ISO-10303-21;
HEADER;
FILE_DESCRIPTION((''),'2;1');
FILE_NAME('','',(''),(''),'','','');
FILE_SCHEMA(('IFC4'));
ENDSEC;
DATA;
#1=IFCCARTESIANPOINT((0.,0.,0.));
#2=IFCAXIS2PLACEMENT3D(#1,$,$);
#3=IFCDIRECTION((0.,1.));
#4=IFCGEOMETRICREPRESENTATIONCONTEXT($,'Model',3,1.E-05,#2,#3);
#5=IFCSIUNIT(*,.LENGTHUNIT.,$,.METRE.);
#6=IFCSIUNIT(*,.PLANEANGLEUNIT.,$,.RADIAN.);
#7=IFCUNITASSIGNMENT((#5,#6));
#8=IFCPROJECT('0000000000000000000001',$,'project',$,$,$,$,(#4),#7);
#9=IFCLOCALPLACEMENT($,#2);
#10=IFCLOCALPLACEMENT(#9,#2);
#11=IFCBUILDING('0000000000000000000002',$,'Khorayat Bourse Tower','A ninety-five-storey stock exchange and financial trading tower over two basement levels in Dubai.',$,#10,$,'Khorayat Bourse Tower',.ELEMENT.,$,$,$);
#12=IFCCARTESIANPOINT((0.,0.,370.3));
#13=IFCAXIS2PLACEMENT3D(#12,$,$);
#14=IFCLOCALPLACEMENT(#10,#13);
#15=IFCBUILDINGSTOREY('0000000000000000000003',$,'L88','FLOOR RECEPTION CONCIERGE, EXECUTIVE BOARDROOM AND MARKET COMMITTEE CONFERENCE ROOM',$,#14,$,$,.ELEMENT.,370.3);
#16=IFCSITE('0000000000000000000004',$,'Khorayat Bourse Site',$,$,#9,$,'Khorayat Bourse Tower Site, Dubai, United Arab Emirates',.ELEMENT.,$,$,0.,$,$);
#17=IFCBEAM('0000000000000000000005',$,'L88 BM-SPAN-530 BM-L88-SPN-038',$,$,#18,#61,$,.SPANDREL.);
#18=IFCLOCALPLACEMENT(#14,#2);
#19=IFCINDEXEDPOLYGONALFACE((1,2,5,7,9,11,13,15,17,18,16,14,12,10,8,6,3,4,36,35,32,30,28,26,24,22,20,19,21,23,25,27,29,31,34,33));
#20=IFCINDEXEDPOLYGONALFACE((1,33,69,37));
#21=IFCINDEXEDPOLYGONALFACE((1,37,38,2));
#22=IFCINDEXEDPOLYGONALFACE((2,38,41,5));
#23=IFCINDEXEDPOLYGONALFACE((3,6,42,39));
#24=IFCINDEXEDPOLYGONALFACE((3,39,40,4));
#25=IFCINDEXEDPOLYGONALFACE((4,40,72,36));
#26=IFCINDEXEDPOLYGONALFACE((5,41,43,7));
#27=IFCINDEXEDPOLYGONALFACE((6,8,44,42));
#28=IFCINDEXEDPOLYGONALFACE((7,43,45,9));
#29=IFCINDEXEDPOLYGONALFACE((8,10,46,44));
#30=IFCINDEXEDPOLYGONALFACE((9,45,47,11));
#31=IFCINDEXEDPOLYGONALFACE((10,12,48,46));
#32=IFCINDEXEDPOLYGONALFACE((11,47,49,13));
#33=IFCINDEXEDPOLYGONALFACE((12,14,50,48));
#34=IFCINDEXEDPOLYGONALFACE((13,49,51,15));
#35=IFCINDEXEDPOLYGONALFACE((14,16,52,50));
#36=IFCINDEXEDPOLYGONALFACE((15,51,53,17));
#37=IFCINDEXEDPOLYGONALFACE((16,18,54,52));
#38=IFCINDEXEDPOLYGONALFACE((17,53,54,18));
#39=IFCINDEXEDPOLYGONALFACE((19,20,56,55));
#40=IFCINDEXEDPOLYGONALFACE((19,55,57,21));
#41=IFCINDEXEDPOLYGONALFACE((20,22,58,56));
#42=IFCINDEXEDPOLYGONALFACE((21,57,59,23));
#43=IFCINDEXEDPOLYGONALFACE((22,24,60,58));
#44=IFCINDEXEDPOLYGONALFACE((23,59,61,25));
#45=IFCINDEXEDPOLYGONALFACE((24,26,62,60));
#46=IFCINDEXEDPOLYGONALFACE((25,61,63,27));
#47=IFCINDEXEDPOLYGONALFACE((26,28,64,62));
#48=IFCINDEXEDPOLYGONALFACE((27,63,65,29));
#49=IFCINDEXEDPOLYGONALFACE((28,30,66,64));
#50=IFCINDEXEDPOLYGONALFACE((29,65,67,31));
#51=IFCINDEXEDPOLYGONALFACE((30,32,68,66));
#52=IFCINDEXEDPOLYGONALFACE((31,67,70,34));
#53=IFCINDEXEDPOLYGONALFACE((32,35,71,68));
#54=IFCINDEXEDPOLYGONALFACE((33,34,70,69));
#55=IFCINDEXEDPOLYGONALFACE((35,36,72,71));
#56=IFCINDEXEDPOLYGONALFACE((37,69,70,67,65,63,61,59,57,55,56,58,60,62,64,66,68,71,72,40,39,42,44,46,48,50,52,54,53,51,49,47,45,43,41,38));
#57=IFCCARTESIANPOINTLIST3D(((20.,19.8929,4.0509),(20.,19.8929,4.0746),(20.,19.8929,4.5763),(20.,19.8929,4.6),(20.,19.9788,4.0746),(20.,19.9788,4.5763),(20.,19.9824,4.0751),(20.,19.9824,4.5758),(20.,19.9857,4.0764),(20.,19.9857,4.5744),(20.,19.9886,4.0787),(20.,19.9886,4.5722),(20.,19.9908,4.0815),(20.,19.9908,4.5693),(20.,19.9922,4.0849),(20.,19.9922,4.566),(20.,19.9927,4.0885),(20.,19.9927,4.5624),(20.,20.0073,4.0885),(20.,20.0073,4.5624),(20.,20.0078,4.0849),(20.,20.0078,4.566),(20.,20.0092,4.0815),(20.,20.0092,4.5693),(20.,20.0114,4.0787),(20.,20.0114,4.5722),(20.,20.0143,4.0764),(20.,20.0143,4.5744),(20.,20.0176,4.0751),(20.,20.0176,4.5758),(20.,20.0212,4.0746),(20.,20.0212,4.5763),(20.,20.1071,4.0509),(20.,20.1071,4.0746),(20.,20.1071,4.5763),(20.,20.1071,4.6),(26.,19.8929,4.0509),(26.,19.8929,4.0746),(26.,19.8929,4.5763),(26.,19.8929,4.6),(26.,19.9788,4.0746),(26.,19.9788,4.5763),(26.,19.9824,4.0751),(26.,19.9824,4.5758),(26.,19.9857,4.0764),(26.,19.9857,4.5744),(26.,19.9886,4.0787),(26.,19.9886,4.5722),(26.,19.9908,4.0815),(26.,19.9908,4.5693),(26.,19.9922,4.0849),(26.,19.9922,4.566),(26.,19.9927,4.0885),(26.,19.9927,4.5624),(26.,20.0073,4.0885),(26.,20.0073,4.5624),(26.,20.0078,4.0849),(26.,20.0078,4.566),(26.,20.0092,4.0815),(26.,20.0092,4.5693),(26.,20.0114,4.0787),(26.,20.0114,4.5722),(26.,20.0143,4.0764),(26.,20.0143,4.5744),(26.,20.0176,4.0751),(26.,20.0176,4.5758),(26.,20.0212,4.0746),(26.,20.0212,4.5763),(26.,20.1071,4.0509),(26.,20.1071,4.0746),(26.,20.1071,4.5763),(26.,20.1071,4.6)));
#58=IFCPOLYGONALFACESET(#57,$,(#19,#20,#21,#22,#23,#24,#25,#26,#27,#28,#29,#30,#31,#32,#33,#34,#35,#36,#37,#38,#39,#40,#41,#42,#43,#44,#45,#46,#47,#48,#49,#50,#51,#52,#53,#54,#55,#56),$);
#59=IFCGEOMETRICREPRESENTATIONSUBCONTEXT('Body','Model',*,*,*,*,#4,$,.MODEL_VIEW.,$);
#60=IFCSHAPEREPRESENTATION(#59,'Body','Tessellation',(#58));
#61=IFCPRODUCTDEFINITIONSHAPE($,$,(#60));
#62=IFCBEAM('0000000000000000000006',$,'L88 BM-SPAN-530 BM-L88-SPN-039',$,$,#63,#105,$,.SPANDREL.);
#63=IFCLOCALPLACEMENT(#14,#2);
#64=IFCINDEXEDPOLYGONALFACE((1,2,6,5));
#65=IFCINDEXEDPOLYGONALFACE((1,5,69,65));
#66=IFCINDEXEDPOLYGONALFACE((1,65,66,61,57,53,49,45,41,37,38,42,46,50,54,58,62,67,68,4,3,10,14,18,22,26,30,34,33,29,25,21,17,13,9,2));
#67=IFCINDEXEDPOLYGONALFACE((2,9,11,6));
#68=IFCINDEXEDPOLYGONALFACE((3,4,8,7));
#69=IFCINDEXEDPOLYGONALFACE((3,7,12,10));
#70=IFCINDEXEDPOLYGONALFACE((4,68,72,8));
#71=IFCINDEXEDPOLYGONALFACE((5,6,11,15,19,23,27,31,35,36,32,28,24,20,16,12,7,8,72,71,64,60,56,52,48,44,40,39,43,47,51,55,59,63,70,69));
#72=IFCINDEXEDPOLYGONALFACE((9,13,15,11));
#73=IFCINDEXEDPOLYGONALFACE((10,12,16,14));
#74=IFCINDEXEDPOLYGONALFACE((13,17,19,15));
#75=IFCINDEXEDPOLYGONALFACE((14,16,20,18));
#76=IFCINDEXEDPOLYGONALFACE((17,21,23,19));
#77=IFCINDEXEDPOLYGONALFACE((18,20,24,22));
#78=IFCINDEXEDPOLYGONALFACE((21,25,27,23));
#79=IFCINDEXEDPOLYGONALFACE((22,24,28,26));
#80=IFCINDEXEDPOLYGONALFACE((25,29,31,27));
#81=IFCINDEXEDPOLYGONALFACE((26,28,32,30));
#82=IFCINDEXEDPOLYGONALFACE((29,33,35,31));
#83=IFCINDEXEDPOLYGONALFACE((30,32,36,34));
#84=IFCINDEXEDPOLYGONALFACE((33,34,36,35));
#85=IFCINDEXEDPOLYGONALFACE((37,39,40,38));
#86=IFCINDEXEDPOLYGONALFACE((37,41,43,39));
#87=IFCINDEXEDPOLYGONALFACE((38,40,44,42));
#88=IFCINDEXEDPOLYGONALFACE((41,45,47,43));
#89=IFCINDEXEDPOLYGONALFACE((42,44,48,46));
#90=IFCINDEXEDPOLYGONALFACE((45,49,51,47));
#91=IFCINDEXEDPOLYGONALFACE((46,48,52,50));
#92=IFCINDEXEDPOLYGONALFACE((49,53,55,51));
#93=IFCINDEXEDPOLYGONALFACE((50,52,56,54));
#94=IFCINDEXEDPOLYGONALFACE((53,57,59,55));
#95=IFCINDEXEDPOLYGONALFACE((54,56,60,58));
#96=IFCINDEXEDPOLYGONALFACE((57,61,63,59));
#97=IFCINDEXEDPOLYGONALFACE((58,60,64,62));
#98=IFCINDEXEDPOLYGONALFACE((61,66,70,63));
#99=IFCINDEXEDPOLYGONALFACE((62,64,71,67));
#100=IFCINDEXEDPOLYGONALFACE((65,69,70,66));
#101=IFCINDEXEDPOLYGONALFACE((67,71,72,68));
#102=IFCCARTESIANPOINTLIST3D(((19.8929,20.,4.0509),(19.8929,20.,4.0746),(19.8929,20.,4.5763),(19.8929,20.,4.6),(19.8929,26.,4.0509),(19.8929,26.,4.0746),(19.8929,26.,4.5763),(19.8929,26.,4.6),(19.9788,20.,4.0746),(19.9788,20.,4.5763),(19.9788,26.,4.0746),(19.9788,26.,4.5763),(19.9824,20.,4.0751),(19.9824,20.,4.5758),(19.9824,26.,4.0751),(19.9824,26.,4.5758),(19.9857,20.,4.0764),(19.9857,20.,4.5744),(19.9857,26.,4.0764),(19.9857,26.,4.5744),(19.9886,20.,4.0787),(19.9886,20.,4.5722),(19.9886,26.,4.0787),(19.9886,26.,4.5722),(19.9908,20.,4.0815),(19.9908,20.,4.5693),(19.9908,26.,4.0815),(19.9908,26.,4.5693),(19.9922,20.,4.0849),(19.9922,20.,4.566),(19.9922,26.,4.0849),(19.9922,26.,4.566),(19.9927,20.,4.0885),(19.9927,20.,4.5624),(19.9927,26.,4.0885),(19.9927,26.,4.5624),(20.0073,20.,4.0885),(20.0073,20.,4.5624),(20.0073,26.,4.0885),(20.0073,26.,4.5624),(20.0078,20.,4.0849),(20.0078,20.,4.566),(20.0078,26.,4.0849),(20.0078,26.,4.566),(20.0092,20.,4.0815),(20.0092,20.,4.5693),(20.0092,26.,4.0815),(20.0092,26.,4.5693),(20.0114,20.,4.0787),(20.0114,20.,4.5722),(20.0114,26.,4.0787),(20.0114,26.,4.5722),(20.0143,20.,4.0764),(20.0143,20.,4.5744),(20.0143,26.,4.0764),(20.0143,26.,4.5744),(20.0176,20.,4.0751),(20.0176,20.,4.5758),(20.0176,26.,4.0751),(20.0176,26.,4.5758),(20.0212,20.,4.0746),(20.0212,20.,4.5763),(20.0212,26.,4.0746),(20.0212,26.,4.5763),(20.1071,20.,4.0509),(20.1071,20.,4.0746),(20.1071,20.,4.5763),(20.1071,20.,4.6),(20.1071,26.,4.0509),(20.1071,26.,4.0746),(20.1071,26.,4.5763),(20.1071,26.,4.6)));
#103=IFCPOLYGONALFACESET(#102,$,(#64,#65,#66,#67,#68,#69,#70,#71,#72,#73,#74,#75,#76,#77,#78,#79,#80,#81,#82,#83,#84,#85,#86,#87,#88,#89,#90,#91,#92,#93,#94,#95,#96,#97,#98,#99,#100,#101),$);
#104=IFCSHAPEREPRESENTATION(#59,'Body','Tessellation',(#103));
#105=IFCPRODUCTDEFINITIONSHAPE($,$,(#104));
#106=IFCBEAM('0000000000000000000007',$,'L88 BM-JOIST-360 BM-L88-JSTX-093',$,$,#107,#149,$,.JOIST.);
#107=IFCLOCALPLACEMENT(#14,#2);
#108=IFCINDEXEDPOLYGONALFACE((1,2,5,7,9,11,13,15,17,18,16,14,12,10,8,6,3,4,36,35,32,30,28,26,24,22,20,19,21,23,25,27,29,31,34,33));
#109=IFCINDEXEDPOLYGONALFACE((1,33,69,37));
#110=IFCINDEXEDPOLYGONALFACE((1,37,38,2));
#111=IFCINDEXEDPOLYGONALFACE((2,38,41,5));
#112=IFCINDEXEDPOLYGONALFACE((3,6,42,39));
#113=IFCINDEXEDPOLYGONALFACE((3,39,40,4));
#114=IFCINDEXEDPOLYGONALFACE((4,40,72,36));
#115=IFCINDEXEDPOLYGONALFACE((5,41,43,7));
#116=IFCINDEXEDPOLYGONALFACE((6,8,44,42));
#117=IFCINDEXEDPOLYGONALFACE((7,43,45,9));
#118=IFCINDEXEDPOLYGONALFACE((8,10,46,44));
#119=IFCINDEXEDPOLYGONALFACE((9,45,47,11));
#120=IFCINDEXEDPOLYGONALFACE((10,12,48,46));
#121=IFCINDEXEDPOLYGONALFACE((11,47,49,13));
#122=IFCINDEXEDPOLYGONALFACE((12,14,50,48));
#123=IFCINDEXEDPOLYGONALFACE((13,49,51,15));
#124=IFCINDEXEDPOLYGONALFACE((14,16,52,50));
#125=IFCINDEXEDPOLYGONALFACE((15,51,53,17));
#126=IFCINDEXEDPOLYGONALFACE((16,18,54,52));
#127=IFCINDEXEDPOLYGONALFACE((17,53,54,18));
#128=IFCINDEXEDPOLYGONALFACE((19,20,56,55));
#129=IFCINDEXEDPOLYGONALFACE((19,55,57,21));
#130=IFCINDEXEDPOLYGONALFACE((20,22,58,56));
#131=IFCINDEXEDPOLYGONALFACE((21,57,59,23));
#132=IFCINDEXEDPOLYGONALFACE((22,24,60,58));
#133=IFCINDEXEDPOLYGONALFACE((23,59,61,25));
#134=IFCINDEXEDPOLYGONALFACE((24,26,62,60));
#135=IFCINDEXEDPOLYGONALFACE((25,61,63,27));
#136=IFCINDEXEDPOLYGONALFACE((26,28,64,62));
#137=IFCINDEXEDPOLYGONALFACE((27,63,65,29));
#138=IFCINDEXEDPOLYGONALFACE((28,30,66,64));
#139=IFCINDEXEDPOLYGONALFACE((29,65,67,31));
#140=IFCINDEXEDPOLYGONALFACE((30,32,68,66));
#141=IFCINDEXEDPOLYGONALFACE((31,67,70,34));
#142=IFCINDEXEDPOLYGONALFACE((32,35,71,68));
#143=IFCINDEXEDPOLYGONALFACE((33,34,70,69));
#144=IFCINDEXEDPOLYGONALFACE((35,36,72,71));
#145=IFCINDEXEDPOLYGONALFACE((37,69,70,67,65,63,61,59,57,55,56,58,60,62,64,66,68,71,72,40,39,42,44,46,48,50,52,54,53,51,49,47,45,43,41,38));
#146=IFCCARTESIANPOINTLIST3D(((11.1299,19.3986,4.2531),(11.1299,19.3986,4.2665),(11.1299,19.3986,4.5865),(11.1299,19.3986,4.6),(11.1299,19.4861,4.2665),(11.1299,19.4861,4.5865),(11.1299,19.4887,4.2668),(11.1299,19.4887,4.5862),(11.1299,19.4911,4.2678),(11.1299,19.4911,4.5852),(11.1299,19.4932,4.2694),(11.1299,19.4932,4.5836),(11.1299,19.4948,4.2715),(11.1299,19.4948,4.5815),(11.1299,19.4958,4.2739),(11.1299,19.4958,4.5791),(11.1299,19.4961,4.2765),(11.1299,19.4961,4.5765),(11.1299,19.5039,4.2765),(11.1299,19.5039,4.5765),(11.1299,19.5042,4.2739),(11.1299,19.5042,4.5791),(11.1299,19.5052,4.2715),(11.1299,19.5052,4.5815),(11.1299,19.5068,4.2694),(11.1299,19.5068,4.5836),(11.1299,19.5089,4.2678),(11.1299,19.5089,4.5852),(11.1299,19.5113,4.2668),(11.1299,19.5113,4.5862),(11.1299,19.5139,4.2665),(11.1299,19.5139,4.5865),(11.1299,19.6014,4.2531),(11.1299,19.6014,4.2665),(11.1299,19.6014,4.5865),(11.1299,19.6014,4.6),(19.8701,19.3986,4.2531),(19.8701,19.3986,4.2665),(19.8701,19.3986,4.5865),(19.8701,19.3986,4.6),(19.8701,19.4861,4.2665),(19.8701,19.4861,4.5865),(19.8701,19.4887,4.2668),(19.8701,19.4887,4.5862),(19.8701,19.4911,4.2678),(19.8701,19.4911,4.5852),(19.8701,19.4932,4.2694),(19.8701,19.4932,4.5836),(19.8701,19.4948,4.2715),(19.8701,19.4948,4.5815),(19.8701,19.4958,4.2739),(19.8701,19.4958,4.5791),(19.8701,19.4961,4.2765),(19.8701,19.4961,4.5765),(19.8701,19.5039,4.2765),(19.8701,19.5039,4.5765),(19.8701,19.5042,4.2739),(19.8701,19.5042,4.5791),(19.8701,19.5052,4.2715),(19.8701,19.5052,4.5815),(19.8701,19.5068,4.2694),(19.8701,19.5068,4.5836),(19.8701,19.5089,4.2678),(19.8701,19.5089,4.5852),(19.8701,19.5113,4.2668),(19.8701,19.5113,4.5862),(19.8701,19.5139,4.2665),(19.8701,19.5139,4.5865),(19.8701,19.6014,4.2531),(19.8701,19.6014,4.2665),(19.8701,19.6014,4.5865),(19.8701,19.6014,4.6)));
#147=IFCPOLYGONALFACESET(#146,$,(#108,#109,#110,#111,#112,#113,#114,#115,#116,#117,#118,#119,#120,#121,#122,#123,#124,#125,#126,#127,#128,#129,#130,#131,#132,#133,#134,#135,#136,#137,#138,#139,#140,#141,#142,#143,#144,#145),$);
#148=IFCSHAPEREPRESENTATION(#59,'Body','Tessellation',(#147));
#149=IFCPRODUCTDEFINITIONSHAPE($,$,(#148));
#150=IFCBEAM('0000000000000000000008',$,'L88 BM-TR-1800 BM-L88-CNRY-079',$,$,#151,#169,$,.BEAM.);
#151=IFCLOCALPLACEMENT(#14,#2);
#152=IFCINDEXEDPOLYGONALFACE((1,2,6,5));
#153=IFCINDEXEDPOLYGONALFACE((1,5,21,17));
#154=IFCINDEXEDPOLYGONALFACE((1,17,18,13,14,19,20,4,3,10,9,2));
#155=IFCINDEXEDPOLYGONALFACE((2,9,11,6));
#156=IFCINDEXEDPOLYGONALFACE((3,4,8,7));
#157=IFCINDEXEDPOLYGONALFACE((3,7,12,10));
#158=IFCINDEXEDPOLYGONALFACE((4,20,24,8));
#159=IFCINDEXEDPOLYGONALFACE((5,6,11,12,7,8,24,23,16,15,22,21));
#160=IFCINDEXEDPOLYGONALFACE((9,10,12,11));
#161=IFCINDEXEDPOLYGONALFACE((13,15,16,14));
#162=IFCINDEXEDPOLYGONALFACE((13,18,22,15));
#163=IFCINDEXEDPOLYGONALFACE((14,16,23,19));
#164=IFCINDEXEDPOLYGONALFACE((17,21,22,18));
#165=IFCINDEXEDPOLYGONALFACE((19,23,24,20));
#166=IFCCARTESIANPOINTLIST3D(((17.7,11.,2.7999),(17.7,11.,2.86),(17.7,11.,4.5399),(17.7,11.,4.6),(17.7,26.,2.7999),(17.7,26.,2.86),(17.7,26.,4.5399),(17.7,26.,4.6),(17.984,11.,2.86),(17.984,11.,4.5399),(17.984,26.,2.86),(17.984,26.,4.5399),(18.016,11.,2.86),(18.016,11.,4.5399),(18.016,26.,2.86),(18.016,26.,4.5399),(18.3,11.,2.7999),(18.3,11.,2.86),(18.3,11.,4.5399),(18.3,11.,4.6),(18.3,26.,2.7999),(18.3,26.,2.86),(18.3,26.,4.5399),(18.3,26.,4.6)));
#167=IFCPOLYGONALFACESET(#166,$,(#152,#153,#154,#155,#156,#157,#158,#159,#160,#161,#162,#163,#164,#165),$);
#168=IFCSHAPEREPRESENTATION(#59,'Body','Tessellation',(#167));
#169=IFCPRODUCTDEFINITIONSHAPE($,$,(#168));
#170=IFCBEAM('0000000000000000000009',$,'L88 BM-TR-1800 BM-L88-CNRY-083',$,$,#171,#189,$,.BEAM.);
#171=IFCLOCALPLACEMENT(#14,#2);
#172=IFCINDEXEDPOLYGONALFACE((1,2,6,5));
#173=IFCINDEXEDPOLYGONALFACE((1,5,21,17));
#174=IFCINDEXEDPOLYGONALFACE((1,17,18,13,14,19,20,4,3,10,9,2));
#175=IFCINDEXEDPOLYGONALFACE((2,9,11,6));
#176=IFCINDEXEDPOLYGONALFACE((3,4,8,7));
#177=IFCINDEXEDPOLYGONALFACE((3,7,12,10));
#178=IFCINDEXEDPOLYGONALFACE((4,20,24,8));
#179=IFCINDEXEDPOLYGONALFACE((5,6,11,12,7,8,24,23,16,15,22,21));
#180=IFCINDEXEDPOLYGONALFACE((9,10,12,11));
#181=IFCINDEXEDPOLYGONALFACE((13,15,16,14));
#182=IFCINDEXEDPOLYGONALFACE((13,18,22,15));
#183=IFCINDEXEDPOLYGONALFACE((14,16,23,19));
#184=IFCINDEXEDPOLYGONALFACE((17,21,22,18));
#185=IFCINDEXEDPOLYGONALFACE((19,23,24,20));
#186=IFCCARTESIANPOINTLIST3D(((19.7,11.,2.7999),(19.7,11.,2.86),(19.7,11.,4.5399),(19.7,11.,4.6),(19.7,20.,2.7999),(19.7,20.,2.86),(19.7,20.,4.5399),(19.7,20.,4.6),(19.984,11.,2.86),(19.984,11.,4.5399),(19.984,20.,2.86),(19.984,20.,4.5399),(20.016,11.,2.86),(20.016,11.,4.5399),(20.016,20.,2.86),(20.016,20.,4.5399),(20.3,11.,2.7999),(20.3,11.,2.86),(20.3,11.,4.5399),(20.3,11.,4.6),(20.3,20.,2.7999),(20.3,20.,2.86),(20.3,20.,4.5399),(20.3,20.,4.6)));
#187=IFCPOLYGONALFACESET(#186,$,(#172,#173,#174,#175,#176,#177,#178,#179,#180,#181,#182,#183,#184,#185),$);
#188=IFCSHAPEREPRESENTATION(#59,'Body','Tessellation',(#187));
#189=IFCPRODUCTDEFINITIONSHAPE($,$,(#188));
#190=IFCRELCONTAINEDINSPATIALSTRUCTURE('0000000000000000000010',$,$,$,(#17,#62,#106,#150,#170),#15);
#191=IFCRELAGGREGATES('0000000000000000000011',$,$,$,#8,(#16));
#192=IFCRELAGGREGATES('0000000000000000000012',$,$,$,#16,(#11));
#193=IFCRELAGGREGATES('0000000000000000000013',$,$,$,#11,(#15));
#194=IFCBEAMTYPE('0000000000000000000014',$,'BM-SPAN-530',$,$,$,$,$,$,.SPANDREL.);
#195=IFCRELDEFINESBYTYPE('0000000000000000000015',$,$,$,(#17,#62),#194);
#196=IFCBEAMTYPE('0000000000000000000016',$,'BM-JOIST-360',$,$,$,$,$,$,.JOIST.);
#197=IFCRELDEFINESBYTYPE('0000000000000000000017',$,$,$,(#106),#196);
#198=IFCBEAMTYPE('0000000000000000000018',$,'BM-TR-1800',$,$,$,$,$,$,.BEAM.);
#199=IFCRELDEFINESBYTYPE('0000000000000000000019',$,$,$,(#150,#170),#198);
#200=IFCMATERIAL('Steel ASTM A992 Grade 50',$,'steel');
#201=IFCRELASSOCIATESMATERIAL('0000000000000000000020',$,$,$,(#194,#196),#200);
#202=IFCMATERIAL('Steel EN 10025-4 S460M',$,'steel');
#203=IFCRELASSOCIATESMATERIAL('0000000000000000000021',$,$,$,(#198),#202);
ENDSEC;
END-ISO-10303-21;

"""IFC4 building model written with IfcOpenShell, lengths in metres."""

from ifc_helpers import new_model, si_unit, direction, frame, origin, origin_2d, place, context, subcontext, project, spatial, i_section, extrude, source, transform, mapped, material, material_profile, profile_set, type_object, element, save


model = new_model("IFC4")

# Units and contexts
model_context = context("Model", 3, precision=1e-05, world=origin(), true_north=direction((0.0, 1.0)))
body_context = subcontext(model_context, "Body", "Model", "MODEL_VIEW")
ifc_project = project(units=[si_unit("LENGTHUNIT", "METRE"), si_unit("PLANEANGLEUNIT", "RADIAN")], contexts=[model_context])

# Site, building, storey
site_placement = place(None, origin())
site = spatial("IfcSite", under=ifc_project, at=site_placement, Name="Khorayat Bourse Site", LongName="Khorayat Bourse Tower Site, Dubai, United Arab Emirates", CompositionType="ELEMENT", RefElevation=0.0)
building_placement = place(site_placement, origin())
building = spatial("IfcBuilding", under=site, at=building_placement, Name="Khorayat Bourse Tower", Description="A ninety-five-storey stock exchange and financial trading tower over two basement levels in Dubai.", LongName="Khorayat Bourse Tower", CompositionType="ELEMENT")
storey_placement = place(building_placement, frame((0.0, 0.0, 370.3)))
storey = spatial("IfcBuildingStorey", under=building, at=storey_placement, Name="L88", Description="FLOOR RECEPTION CONCIERGE, EXECUTIVE BOARDROOM AND MARKET COMMITTEE CONFERENCE ROOM", CompositionType="ELEMENT", Elevation=370.3)

# Beams
ifc_material_1 = material(Name="Steel ASTM A992 Grade 50", Category="steel")
ifc_material_profile_1 = material_profile(ifc_material_1, i_section(OverallWidth=0.2141, OverallDepth=0.5491, WebThickness=0.0146, FlangeThickness=0.0237, FilletRadius=0.0139, at=origin_2d()), Name="W530X138")
ifc_profile_set_1 = profile_set([ifc_material_profile_1], Name="Steel ASTM A992 Grade 50")
beam_type_1 = type_object("IfcBeamType", Name="BM-SPAN-530", PredefinedType="SPANDREL", material=ifc_profile_set_1)
shared_shape_1 = source(origin(), body_context, "Body", "SweptSolid", [
    extrude(i_section(OverallWidth=0.2141, OverallDepth=0.5491, WebThickness=0.0146, FlangeThickness=0.0237, FilletRadius=0.0139, at=origin_2d()), origin(), (0.0, 0.0, 1.0), 6.0),
])
for number, where, z_axis, x_axis, name in (
    (1, (20.0, 20.0, 4.3254), (1.0, 0.0, 0.0), (0.0, 1.0, 0.0), "L88 BM-SPAN-530 BM-L88-SPN-038"),
    (2, (20.0, 20.0, 4.3254), (0.0, 1.0, 0.0), (-1.0, 0.0, 0.0), "L88 BM-SPAN-530 BM-L88-SPN-039"),
):
    element("IfcBeam", number, at=place(storey_placement, frame(where, z_axis=z_axis, x_axis=x_axis)), inside=storey, type_object=beam_type_1, Name=name, PredefinedType="SPANDREL", context=body_context, shape_type="MappedRepresentation", body=[
        mapped(shared_shape_1, transform((0.0, 0.0, 0.0), scale=1.0)),
    ])
ifc_material_profile_2 = material_profile(ifc_material_1, i_section(OverallWidth=0.2029, OverallDepth=0.3469, WebThickness=0.0078, FlangeThickness=0.0134, FilletRadius=0.01, at=origin_2d()), Name="W360X64")
ifc_profile_set_2 = profile_set([ifc_material_profile_2], Name="Steel ASTM A992 Grade 50")
beam_type_2 = type_object("IfcBeamType", Name="BM-JOIST-360", PredefinedType="JOIST", material=ifc_profile_set_2)
shared_shape_2 = source(origin(), body_context, "Body", "SweptSolid", [
    extrude(i_section(OverallWidth=0.2029, OverallDepth=0.3469, WebThickness=0.0078, FlangeThickness=0.0134, FilletRadius=0.01, at=origin_2d()), origin(), (0.0, 0.0, 1.0), 8.7402),
])
beam_1_placement = place(storey_placement, frame((11.1299, 19.5, 4.4265), z_axis=(1.0, 0.0, 0.0), x_axis=(0.0, 1.0, 0.0)))
element("IfcBeam", 3, at=beam_1_placement, inside=storey, type_object=beam_type_2, Name="L88 BM-JOIST-360 BM-L88-JSTX-093", PredefinedType="JOIST", context=body_context, shape_type="MappedRepresentation", body=[
    mapped(shared_shape_2, transform((0.0, 0.0, 0.0), scale=1.0)),
])
ifc_material_2 = material(Name="Steel EN 10025-4 S460M", Category="steel")
ifc_material_profile_3 = material_profile(ifc_material_2, i_section(OverallWidth=0.6001, OverallDepth=1.8, WebThickness=0.032, FlangeThickness=0.0601, at=origin_2d()), Name="PG 1800x600x32x60")
ifc_profile_set_3 = profile_set([ifc_material_profile_3], Name="Steel EN 10025-4 S460M")
beam_type_3 = type_object("IfcBeamType", Name="BM-TR-1800", PredefinedType="BEAM", material=ifc_profile_set_3)
shared_shape_3 = source(origin(), body_context, "Body", "SweptSolid", [
    extrude(i_section(OverallWidth=0.6001, OverallDepth=1.8, WebThickness=0.032, FlangeThickness=0.0601, at=origin_2d()), origin(), (0.0, 0.0, 1.0), 15.0),
])
beam_2_placement = place(storey_placement, frame((18.0, 11.0, 3.7), z_axis=(0.0, 1.0, 0.0), x_axis=(-1.0, 0.0, 0.0)))
element("IfcBeam", 4, at=beam_2_placement, inside=storey, type_object=beam_type_3, Name="L88 BM-TR-1800 BM-L88-CNRY-079", PredefinedType="BEAM", context=body_context, shape_type="MappedRepresentation", body=[
    mapped(shared_shape_3, transform((0.0, 0.0, 0.0), scale=1.0)),
])
shared_shape_4 = source(origin(), body_context, "Body", "SweptSolid", [
    extrude(i_section(OverallWidth=0.6001, OverallDepth=1.8, WebThickness=0.032, FlangeThickness=0.0601, at=origin_2d()), origin(), (0.0, 0.0, 1.0), 9.0),
])
beam_3_placement = place(storey_placement, frame((20.0, 11.0, 3.7), z_axis=(0.0, 1.0, 0.0), x_axis=(-1.0, 0.0, 0.0)))
element("IfcBeam", 5, at=beam_3_placement, inside=storey, type_object=beam_type_3, Name="L88 BM-TR-1800 BM-L88-CNRY-083", PredefinedType="BEAM", context=body_context, shape_type="MappedRepresentation", body=[
    mapped(shared_shape_4, transform((0.0, 0.0, 0.0), scale=1.0)),
])

save(model, "model.ifc")
